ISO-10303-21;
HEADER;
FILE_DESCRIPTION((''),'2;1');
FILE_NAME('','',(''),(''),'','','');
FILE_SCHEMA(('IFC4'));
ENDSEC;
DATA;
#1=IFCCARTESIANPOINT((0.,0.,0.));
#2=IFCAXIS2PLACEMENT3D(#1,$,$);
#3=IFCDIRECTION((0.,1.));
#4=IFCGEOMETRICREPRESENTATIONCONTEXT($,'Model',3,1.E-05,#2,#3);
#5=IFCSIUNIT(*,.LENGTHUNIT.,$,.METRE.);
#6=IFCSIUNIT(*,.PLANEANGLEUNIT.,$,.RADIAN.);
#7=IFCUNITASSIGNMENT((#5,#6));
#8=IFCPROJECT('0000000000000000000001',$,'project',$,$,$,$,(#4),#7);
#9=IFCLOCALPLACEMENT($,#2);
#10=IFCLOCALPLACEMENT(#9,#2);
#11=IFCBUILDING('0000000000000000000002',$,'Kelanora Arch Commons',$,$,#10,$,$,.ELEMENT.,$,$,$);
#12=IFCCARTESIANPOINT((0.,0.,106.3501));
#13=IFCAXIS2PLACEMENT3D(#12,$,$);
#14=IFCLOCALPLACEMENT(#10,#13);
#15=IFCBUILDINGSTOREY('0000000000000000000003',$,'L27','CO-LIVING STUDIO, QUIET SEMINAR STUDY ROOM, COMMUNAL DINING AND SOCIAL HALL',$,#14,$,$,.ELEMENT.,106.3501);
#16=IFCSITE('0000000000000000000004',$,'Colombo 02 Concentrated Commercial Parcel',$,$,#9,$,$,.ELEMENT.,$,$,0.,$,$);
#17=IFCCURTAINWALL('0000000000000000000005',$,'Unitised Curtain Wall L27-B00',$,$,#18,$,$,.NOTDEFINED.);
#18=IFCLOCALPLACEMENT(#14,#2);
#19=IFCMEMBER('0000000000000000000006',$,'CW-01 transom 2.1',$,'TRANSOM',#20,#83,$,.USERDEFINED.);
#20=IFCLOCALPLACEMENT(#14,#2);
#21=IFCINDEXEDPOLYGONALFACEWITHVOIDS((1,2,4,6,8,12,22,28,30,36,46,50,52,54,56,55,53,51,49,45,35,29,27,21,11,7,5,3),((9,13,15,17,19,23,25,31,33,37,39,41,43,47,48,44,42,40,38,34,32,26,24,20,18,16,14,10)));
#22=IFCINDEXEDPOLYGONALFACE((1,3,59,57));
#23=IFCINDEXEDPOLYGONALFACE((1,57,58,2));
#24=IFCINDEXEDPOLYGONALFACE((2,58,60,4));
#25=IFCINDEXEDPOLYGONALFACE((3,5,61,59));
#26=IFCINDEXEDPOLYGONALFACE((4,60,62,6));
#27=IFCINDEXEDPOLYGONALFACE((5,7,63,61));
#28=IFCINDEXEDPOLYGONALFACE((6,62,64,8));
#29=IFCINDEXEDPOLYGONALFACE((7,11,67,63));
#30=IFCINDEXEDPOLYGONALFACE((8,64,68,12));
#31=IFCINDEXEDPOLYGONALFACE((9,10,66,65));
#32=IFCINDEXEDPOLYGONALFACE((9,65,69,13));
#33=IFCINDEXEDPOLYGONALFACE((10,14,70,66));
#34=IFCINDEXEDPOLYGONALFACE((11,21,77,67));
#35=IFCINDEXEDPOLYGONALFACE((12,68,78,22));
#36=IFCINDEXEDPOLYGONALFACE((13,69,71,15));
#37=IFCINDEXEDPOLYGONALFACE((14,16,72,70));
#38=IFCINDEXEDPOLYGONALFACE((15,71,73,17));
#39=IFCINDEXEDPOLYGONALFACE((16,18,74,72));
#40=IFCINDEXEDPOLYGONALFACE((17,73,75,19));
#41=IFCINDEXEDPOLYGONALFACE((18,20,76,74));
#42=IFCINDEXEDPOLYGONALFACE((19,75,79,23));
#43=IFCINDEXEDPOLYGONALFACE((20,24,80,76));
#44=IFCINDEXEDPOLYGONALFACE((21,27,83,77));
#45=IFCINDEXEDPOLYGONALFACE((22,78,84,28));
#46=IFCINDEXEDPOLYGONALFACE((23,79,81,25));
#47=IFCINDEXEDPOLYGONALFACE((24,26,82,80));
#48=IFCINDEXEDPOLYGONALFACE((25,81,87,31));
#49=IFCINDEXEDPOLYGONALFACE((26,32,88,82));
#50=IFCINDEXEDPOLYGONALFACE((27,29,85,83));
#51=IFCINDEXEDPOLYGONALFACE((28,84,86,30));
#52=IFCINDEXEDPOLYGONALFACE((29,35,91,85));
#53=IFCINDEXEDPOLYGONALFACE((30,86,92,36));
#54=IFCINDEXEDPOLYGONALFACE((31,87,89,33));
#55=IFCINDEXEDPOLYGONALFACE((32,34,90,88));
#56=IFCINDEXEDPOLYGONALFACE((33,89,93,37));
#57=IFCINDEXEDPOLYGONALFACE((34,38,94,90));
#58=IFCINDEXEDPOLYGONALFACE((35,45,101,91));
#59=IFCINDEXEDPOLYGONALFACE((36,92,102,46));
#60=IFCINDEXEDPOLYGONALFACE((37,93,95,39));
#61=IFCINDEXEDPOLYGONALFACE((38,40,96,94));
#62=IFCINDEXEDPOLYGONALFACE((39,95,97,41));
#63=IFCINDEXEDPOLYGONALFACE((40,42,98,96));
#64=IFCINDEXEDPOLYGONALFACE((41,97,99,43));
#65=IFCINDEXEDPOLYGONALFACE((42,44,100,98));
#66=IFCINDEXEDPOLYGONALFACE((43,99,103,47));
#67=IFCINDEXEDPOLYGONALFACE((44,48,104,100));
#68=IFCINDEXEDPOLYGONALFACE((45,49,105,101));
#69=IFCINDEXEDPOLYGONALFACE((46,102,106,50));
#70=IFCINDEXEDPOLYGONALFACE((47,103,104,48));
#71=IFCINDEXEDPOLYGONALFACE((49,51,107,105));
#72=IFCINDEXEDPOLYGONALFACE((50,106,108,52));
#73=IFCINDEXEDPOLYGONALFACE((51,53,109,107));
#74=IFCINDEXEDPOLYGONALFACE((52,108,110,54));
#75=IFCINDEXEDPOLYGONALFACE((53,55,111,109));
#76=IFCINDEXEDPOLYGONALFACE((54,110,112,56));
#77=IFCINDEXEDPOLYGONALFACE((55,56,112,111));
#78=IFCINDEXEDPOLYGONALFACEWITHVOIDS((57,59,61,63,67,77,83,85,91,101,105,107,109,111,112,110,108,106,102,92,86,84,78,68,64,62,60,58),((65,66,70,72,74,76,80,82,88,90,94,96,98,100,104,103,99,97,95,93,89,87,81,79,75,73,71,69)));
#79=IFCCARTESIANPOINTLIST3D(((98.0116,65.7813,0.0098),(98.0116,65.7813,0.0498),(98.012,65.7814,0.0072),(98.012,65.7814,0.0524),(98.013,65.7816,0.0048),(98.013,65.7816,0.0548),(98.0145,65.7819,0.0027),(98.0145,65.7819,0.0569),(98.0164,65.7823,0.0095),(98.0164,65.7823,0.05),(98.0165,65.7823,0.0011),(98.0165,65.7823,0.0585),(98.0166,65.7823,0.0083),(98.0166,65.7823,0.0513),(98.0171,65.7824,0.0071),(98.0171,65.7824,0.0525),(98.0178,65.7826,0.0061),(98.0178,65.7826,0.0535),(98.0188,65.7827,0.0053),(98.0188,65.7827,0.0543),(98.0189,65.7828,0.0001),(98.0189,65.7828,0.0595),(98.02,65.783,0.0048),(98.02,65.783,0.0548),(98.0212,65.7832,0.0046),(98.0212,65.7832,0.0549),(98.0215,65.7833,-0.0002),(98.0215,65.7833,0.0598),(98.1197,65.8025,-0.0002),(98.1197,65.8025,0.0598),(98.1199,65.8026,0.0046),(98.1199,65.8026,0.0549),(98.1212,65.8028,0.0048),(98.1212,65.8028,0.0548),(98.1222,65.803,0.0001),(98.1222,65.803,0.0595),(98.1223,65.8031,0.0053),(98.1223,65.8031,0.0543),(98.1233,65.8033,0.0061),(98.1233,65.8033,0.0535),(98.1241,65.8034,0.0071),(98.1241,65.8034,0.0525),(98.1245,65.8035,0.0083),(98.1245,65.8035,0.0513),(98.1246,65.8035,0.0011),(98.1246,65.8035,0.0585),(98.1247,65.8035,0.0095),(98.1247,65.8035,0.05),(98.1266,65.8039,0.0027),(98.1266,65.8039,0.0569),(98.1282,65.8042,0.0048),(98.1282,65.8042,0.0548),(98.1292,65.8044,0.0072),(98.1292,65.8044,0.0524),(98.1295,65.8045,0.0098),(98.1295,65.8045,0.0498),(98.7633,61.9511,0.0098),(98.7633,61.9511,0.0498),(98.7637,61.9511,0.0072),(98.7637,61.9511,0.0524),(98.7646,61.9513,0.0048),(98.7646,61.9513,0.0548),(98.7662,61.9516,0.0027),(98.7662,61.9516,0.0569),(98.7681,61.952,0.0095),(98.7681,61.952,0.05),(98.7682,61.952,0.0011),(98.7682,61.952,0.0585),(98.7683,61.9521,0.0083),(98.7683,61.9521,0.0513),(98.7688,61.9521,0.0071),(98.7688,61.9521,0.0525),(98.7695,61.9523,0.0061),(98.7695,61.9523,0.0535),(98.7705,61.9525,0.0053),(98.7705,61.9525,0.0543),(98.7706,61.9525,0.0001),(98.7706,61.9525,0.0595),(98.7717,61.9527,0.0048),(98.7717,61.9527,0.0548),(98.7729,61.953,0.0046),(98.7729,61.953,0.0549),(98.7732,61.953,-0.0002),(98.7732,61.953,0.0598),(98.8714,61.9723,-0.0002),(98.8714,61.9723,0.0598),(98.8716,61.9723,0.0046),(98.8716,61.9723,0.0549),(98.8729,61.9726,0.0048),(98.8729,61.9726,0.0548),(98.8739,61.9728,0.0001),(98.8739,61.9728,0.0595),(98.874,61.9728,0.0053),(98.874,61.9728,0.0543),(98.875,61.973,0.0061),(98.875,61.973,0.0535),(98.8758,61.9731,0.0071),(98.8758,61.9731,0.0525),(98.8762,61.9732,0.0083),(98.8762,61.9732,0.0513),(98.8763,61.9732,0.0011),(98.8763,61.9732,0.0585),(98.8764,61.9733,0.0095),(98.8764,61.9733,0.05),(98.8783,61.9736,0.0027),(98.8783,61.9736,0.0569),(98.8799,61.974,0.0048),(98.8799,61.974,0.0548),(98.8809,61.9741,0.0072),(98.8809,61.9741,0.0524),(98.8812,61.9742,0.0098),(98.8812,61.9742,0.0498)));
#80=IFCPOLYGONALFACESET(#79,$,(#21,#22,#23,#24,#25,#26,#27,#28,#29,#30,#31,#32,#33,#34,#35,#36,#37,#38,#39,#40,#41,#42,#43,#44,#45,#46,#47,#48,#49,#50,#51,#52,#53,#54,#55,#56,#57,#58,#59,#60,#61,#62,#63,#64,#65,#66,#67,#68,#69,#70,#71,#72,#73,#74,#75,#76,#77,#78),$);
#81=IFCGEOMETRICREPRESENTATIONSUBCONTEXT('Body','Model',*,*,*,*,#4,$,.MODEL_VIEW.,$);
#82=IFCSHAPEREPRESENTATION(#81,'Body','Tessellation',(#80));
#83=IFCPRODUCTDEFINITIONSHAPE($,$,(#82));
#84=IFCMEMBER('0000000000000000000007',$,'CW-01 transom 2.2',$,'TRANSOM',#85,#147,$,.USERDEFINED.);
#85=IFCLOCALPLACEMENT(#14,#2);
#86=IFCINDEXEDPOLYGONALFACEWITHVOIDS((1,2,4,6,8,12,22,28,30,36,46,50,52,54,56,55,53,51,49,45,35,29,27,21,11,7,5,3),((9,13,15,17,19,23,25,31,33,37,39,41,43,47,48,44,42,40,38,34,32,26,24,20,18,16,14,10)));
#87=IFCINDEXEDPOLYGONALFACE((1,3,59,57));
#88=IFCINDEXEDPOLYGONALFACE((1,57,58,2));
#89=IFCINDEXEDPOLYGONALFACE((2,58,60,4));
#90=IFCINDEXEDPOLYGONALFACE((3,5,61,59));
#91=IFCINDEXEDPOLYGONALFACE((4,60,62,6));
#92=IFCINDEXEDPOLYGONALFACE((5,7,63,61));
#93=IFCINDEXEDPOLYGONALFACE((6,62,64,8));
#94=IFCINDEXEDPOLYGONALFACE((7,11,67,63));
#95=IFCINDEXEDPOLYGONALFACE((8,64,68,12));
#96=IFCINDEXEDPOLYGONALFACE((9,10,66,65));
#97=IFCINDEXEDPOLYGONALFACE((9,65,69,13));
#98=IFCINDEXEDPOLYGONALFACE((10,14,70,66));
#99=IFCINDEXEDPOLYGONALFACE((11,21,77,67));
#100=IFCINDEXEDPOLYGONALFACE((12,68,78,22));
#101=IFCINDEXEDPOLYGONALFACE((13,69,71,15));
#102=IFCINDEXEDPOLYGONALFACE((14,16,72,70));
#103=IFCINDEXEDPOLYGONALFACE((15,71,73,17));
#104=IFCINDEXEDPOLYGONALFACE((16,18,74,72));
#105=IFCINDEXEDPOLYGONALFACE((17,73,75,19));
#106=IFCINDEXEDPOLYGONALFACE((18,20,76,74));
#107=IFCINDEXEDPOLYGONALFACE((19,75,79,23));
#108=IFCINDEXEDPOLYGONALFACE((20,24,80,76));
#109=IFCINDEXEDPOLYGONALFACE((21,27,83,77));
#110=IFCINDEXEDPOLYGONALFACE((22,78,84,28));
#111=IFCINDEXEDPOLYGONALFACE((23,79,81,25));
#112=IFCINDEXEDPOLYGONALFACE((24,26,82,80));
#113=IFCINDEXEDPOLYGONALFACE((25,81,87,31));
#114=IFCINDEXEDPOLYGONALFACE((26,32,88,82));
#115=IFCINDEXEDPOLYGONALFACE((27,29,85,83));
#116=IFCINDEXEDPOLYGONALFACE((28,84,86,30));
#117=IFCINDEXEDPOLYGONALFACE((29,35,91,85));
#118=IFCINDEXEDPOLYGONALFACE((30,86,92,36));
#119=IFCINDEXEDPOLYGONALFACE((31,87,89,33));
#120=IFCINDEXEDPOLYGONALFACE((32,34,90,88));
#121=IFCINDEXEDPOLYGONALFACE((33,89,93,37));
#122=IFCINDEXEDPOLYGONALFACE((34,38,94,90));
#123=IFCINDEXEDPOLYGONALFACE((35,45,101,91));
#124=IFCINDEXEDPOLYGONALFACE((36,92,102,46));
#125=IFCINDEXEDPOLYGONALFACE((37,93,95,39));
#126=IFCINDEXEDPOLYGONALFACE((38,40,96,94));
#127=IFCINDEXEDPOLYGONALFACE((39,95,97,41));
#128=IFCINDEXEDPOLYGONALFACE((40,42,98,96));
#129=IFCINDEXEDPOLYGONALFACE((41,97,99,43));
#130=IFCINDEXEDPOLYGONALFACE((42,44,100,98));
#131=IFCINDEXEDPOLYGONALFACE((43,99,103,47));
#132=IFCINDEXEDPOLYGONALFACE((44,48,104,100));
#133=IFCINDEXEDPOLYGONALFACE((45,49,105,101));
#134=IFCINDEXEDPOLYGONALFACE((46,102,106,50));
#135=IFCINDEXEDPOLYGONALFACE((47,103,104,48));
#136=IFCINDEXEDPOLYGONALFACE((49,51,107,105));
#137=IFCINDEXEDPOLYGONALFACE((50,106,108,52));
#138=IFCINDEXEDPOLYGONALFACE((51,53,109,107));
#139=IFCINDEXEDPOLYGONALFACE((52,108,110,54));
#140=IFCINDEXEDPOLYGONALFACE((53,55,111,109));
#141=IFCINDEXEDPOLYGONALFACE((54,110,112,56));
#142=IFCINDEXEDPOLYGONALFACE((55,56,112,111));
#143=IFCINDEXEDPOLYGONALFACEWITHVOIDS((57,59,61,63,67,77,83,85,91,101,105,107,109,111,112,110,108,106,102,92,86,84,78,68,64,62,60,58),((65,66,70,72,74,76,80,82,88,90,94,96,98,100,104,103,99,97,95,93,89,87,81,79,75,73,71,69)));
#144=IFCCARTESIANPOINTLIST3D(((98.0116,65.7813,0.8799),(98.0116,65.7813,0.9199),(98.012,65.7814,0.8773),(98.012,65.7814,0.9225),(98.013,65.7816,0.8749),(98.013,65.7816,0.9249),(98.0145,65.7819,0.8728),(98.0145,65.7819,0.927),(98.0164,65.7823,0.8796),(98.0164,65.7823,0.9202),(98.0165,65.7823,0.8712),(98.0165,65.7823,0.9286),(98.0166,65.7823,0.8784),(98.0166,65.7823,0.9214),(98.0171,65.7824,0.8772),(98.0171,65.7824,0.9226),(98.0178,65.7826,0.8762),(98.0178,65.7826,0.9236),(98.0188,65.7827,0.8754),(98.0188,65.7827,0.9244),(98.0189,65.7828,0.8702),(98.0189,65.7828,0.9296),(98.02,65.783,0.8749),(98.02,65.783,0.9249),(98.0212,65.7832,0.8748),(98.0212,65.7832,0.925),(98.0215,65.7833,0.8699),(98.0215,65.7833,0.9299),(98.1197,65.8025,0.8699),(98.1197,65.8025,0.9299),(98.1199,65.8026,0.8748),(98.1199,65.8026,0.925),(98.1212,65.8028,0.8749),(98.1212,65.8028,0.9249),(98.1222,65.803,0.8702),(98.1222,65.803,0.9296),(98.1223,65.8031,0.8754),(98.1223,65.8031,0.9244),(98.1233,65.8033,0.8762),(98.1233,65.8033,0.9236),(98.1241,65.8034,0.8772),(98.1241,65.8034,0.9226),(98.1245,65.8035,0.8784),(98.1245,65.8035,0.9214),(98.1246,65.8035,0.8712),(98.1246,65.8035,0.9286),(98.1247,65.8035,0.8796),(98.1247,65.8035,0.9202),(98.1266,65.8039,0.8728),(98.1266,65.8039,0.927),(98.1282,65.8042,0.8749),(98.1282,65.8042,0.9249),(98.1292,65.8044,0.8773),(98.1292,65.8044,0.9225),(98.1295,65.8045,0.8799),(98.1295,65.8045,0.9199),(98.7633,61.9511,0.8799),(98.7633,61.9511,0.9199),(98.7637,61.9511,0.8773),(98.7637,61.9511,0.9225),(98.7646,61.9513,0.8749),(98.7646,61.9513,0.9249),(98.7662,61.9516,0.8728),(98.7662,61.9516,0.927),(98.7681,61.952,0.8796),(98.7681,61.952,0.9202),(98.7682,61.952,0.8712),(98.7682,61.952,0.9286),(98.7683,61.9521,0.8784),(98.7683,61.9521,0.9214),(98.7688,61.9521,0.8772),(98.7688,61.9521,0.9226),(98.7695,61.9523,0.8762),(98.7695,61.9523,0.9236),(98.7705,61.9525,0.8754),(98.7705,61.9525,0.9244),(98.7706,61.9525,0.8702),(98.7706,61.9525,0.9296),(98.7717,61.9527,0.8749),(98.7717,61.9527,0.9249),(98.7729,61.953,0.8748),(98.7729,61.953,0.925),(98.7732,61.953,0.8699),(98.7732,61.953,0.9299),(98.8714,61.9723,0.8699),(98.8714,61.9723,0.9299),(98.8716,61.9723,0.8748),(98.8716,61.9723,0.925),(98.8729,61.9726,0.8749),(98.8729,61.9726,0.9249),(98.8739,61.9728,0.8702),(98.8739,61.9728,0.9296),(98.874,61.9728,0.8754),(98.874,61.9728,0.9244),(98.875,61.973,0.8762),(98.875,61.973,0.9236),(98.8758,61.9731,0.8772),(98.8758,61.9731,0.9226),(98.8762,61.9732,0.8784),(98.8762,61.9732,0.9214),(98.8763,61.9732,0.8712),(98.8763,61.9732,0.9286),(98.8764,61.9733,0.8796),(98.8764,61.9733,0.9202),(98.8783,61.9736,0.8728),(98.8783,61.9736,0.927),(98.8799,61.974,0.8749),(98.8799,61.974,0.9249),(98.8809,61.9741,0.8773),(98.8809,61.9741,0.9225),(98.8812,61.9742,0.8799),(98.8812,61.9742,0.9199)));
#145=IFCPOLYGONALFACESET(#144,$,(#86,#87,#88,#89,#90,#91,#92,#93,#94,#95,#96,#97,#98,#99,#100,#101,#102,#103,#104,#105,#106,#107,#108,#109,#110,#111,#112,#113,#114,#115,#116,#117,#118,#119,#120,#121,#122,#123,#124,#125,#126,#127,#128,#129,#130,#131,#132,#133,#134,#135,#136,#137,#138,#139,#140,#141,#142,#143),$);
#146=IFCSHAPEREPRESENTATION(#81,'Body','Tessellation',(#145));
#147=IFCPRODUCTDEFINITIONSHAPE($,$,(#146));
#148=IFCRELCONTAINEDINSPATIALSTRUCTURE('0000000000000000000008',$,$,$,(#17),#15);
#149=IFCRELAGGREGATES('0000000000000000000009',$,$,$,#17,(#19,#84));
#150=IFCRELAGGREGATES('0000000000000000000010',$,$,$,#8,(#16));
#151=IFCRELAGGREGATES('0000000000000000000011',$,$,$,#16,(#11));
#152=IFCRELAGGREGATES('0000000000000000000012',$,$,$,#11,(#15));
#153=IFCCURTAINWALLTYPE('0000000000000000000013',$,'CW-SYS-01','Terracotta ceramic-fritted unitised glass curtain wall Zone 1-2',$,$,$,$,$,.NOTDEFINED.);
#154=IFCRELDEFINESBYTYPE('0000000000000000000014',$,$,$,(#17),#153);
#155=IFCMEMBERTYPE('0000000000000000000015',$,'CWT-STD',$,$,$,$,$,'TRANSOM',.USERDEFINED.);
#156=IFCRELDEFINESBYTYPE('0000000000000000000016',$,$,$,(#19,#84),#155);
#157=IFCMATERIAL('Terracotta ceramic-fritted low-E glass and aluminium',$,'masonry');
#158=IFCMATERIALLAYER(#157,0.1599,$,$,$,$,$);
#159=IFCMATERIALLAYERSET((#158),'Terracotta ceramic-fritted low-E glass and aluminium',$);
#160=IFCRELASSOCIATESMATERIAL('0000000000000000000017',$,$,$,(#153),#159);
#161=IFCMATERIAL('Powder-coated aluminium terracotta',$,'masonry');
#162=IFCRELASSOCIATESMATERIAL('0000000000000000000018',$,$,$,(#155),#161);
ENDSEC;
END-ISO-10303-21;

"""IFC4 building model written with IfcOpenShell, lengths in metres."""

from ifc_helpers import new_model, si_unit, direction, frame, origin, origin_2d, place, context, subcontext, project, spatial, hollow_rectangle, extrude, material, layer, layer_set, material_profile, profile_set, type_object, element, aggregate, save


model = new_model("IFC4")

# Units and contexts
model_context = context("Model", 3, precision=1e-05, world=origin(), true_north=direction((0.0, 1.0)))
body_context = subcontext(model_context, "Body", "Model", "MODEL_VIEW")
ifc_project = project(units=[si_unit("LENGTHUNIT", "METRE"), si_unit("PLANEANGLEUNIT", "RADIAN")], contexts=[model_context])

# Site, building, storey
site_placement = place(None, origin())
site = spatial("IfcSite", under=ifc_project, at=site_placement, Name="Colombo 02 Concentrated Commercial Parcel", CompositionType="ELEMENT", RefElevation=0.0)
building_placement = place(site_placement, origin())
building = spatial("IfcBuilding", under=site, at=building_placement, Name="Kelanora Arch Commons", CompositionType="ELEMENT")
storey_placement = place(building_placement, frame((0.0, 0.0, 106.3501)))
storey = spatial("IfcBuildingStorey", under=building, at=storey_placement, Name="L27", Description="CO-LIVING STUDIO, QUIET SEMINAR STUDY ROOM, COMMUNAL DINING AND SOCIAL HALL", CompositionType="ELEMENT", Elevation=106.3501)

# Curtain wall, members
ifc_material_1 = material(Name="Terracotta ceramic-fritted low-E glass and aluminium", Category="masonry")
ifc_layer_1 = layer(ifc_material_1, 0.1599)
ifc_layer_set_1 = layer_set([ifc_layer_1], Name="Terracotta ceramic-fritted low-E glass and aluminium")
curtain_wall_type = type_object("IfcCurtainWallType", Name="CW-SYS-01", Description="Terracotta ceramic-fritted unitised glass curtain wall Zone 1-2", PredefinedType="NOTDEFINED", material=ifc_layer_set_1)
curtain_wall_placement = place(storey_placement, origin())
curtain_wall = element("IfcCurtainWall", 1, at=curtain_wall_placement, inside=storey, type_object=curtain_wall_type, Name="Unitised Curtain Wall L27-B00", PredefinedType="NOTDEFINED")
ifc_material_2 = material(Name="Powder-coated aluminium terracotta", Category="masonry")
ifc_material_profile_1 = material_profile(ifc_material_2, hollow_rectangle(XDim=0.1201, YDim=0.0601, WallThickness=0.0049, InnerFilletRadius=0.0049, OuterFilletRadius=0.01, at=origin_2d()), Name="CWT120x60")
ifc_profile_set_1 = profile_set([ifc_material_profile_1], Name="Powder-coated aluminium terracotta")
member_type_1 = type_object("IfcMemberType", Name="CWT-STD", ElementType="TRANSOM", PredefinedType="USERDEFINED", material=ifc_profile_set_1)
member_1_placement = place(storey_placement, frame((98.8223, 61.9626, 0.0298), z_axis=(-0.192579, 0.981282, 0.0), x_axis=(-0.981282, -0.192579, 0.0)))
member_1 = element("IfcMember", 2, at=member_1_placement, type_object=member_type_1, Name="CW-01 transom 2.1", ObjectType="TRANSOM", PredefinedType="USERDEFINED", context=body_context, shape_type="SweptSolid", body=[
    extrude(hollow_rectangle(XDim=0.1201, YDim=0.0601, WallThickness=0.0049, InnerFilletRadius=0.0049, OuterFilletRadius=0.01, at=origin_2d()), origin(), (0.0, 0.0, 1.0), 3.9033),
])
member_2_placement = place(storey_placement, frame((98.8223, 61.9626, 0.8999), z_axis=(-0.192579, 0.981282, 0.0), x_axis=(-0.981282, -0.192579, 0.0)))
member_2 = element("IfcMember", 3, at=member_2_placement, type_object=member_type_1, Name="CW-01 transom 2.2", ObjectType="TRANSOM", PredefinedType="USERDEFINED", context=body_context, shape_type="SweptSolid", body=[
    extrude(hollow_rectangle(XDim=0.1201, YDim=0.0601, WallThickness=0.0049, InnerFilletRadius=0.0049, OuterFilletRadius=0.01, at=origin_2d()), origin(), (0.0, 0.0, 1.0), 3.9033),
])
aggregate(curtain_wall, [member_1, member_2])

save(model, "model.ifc")
